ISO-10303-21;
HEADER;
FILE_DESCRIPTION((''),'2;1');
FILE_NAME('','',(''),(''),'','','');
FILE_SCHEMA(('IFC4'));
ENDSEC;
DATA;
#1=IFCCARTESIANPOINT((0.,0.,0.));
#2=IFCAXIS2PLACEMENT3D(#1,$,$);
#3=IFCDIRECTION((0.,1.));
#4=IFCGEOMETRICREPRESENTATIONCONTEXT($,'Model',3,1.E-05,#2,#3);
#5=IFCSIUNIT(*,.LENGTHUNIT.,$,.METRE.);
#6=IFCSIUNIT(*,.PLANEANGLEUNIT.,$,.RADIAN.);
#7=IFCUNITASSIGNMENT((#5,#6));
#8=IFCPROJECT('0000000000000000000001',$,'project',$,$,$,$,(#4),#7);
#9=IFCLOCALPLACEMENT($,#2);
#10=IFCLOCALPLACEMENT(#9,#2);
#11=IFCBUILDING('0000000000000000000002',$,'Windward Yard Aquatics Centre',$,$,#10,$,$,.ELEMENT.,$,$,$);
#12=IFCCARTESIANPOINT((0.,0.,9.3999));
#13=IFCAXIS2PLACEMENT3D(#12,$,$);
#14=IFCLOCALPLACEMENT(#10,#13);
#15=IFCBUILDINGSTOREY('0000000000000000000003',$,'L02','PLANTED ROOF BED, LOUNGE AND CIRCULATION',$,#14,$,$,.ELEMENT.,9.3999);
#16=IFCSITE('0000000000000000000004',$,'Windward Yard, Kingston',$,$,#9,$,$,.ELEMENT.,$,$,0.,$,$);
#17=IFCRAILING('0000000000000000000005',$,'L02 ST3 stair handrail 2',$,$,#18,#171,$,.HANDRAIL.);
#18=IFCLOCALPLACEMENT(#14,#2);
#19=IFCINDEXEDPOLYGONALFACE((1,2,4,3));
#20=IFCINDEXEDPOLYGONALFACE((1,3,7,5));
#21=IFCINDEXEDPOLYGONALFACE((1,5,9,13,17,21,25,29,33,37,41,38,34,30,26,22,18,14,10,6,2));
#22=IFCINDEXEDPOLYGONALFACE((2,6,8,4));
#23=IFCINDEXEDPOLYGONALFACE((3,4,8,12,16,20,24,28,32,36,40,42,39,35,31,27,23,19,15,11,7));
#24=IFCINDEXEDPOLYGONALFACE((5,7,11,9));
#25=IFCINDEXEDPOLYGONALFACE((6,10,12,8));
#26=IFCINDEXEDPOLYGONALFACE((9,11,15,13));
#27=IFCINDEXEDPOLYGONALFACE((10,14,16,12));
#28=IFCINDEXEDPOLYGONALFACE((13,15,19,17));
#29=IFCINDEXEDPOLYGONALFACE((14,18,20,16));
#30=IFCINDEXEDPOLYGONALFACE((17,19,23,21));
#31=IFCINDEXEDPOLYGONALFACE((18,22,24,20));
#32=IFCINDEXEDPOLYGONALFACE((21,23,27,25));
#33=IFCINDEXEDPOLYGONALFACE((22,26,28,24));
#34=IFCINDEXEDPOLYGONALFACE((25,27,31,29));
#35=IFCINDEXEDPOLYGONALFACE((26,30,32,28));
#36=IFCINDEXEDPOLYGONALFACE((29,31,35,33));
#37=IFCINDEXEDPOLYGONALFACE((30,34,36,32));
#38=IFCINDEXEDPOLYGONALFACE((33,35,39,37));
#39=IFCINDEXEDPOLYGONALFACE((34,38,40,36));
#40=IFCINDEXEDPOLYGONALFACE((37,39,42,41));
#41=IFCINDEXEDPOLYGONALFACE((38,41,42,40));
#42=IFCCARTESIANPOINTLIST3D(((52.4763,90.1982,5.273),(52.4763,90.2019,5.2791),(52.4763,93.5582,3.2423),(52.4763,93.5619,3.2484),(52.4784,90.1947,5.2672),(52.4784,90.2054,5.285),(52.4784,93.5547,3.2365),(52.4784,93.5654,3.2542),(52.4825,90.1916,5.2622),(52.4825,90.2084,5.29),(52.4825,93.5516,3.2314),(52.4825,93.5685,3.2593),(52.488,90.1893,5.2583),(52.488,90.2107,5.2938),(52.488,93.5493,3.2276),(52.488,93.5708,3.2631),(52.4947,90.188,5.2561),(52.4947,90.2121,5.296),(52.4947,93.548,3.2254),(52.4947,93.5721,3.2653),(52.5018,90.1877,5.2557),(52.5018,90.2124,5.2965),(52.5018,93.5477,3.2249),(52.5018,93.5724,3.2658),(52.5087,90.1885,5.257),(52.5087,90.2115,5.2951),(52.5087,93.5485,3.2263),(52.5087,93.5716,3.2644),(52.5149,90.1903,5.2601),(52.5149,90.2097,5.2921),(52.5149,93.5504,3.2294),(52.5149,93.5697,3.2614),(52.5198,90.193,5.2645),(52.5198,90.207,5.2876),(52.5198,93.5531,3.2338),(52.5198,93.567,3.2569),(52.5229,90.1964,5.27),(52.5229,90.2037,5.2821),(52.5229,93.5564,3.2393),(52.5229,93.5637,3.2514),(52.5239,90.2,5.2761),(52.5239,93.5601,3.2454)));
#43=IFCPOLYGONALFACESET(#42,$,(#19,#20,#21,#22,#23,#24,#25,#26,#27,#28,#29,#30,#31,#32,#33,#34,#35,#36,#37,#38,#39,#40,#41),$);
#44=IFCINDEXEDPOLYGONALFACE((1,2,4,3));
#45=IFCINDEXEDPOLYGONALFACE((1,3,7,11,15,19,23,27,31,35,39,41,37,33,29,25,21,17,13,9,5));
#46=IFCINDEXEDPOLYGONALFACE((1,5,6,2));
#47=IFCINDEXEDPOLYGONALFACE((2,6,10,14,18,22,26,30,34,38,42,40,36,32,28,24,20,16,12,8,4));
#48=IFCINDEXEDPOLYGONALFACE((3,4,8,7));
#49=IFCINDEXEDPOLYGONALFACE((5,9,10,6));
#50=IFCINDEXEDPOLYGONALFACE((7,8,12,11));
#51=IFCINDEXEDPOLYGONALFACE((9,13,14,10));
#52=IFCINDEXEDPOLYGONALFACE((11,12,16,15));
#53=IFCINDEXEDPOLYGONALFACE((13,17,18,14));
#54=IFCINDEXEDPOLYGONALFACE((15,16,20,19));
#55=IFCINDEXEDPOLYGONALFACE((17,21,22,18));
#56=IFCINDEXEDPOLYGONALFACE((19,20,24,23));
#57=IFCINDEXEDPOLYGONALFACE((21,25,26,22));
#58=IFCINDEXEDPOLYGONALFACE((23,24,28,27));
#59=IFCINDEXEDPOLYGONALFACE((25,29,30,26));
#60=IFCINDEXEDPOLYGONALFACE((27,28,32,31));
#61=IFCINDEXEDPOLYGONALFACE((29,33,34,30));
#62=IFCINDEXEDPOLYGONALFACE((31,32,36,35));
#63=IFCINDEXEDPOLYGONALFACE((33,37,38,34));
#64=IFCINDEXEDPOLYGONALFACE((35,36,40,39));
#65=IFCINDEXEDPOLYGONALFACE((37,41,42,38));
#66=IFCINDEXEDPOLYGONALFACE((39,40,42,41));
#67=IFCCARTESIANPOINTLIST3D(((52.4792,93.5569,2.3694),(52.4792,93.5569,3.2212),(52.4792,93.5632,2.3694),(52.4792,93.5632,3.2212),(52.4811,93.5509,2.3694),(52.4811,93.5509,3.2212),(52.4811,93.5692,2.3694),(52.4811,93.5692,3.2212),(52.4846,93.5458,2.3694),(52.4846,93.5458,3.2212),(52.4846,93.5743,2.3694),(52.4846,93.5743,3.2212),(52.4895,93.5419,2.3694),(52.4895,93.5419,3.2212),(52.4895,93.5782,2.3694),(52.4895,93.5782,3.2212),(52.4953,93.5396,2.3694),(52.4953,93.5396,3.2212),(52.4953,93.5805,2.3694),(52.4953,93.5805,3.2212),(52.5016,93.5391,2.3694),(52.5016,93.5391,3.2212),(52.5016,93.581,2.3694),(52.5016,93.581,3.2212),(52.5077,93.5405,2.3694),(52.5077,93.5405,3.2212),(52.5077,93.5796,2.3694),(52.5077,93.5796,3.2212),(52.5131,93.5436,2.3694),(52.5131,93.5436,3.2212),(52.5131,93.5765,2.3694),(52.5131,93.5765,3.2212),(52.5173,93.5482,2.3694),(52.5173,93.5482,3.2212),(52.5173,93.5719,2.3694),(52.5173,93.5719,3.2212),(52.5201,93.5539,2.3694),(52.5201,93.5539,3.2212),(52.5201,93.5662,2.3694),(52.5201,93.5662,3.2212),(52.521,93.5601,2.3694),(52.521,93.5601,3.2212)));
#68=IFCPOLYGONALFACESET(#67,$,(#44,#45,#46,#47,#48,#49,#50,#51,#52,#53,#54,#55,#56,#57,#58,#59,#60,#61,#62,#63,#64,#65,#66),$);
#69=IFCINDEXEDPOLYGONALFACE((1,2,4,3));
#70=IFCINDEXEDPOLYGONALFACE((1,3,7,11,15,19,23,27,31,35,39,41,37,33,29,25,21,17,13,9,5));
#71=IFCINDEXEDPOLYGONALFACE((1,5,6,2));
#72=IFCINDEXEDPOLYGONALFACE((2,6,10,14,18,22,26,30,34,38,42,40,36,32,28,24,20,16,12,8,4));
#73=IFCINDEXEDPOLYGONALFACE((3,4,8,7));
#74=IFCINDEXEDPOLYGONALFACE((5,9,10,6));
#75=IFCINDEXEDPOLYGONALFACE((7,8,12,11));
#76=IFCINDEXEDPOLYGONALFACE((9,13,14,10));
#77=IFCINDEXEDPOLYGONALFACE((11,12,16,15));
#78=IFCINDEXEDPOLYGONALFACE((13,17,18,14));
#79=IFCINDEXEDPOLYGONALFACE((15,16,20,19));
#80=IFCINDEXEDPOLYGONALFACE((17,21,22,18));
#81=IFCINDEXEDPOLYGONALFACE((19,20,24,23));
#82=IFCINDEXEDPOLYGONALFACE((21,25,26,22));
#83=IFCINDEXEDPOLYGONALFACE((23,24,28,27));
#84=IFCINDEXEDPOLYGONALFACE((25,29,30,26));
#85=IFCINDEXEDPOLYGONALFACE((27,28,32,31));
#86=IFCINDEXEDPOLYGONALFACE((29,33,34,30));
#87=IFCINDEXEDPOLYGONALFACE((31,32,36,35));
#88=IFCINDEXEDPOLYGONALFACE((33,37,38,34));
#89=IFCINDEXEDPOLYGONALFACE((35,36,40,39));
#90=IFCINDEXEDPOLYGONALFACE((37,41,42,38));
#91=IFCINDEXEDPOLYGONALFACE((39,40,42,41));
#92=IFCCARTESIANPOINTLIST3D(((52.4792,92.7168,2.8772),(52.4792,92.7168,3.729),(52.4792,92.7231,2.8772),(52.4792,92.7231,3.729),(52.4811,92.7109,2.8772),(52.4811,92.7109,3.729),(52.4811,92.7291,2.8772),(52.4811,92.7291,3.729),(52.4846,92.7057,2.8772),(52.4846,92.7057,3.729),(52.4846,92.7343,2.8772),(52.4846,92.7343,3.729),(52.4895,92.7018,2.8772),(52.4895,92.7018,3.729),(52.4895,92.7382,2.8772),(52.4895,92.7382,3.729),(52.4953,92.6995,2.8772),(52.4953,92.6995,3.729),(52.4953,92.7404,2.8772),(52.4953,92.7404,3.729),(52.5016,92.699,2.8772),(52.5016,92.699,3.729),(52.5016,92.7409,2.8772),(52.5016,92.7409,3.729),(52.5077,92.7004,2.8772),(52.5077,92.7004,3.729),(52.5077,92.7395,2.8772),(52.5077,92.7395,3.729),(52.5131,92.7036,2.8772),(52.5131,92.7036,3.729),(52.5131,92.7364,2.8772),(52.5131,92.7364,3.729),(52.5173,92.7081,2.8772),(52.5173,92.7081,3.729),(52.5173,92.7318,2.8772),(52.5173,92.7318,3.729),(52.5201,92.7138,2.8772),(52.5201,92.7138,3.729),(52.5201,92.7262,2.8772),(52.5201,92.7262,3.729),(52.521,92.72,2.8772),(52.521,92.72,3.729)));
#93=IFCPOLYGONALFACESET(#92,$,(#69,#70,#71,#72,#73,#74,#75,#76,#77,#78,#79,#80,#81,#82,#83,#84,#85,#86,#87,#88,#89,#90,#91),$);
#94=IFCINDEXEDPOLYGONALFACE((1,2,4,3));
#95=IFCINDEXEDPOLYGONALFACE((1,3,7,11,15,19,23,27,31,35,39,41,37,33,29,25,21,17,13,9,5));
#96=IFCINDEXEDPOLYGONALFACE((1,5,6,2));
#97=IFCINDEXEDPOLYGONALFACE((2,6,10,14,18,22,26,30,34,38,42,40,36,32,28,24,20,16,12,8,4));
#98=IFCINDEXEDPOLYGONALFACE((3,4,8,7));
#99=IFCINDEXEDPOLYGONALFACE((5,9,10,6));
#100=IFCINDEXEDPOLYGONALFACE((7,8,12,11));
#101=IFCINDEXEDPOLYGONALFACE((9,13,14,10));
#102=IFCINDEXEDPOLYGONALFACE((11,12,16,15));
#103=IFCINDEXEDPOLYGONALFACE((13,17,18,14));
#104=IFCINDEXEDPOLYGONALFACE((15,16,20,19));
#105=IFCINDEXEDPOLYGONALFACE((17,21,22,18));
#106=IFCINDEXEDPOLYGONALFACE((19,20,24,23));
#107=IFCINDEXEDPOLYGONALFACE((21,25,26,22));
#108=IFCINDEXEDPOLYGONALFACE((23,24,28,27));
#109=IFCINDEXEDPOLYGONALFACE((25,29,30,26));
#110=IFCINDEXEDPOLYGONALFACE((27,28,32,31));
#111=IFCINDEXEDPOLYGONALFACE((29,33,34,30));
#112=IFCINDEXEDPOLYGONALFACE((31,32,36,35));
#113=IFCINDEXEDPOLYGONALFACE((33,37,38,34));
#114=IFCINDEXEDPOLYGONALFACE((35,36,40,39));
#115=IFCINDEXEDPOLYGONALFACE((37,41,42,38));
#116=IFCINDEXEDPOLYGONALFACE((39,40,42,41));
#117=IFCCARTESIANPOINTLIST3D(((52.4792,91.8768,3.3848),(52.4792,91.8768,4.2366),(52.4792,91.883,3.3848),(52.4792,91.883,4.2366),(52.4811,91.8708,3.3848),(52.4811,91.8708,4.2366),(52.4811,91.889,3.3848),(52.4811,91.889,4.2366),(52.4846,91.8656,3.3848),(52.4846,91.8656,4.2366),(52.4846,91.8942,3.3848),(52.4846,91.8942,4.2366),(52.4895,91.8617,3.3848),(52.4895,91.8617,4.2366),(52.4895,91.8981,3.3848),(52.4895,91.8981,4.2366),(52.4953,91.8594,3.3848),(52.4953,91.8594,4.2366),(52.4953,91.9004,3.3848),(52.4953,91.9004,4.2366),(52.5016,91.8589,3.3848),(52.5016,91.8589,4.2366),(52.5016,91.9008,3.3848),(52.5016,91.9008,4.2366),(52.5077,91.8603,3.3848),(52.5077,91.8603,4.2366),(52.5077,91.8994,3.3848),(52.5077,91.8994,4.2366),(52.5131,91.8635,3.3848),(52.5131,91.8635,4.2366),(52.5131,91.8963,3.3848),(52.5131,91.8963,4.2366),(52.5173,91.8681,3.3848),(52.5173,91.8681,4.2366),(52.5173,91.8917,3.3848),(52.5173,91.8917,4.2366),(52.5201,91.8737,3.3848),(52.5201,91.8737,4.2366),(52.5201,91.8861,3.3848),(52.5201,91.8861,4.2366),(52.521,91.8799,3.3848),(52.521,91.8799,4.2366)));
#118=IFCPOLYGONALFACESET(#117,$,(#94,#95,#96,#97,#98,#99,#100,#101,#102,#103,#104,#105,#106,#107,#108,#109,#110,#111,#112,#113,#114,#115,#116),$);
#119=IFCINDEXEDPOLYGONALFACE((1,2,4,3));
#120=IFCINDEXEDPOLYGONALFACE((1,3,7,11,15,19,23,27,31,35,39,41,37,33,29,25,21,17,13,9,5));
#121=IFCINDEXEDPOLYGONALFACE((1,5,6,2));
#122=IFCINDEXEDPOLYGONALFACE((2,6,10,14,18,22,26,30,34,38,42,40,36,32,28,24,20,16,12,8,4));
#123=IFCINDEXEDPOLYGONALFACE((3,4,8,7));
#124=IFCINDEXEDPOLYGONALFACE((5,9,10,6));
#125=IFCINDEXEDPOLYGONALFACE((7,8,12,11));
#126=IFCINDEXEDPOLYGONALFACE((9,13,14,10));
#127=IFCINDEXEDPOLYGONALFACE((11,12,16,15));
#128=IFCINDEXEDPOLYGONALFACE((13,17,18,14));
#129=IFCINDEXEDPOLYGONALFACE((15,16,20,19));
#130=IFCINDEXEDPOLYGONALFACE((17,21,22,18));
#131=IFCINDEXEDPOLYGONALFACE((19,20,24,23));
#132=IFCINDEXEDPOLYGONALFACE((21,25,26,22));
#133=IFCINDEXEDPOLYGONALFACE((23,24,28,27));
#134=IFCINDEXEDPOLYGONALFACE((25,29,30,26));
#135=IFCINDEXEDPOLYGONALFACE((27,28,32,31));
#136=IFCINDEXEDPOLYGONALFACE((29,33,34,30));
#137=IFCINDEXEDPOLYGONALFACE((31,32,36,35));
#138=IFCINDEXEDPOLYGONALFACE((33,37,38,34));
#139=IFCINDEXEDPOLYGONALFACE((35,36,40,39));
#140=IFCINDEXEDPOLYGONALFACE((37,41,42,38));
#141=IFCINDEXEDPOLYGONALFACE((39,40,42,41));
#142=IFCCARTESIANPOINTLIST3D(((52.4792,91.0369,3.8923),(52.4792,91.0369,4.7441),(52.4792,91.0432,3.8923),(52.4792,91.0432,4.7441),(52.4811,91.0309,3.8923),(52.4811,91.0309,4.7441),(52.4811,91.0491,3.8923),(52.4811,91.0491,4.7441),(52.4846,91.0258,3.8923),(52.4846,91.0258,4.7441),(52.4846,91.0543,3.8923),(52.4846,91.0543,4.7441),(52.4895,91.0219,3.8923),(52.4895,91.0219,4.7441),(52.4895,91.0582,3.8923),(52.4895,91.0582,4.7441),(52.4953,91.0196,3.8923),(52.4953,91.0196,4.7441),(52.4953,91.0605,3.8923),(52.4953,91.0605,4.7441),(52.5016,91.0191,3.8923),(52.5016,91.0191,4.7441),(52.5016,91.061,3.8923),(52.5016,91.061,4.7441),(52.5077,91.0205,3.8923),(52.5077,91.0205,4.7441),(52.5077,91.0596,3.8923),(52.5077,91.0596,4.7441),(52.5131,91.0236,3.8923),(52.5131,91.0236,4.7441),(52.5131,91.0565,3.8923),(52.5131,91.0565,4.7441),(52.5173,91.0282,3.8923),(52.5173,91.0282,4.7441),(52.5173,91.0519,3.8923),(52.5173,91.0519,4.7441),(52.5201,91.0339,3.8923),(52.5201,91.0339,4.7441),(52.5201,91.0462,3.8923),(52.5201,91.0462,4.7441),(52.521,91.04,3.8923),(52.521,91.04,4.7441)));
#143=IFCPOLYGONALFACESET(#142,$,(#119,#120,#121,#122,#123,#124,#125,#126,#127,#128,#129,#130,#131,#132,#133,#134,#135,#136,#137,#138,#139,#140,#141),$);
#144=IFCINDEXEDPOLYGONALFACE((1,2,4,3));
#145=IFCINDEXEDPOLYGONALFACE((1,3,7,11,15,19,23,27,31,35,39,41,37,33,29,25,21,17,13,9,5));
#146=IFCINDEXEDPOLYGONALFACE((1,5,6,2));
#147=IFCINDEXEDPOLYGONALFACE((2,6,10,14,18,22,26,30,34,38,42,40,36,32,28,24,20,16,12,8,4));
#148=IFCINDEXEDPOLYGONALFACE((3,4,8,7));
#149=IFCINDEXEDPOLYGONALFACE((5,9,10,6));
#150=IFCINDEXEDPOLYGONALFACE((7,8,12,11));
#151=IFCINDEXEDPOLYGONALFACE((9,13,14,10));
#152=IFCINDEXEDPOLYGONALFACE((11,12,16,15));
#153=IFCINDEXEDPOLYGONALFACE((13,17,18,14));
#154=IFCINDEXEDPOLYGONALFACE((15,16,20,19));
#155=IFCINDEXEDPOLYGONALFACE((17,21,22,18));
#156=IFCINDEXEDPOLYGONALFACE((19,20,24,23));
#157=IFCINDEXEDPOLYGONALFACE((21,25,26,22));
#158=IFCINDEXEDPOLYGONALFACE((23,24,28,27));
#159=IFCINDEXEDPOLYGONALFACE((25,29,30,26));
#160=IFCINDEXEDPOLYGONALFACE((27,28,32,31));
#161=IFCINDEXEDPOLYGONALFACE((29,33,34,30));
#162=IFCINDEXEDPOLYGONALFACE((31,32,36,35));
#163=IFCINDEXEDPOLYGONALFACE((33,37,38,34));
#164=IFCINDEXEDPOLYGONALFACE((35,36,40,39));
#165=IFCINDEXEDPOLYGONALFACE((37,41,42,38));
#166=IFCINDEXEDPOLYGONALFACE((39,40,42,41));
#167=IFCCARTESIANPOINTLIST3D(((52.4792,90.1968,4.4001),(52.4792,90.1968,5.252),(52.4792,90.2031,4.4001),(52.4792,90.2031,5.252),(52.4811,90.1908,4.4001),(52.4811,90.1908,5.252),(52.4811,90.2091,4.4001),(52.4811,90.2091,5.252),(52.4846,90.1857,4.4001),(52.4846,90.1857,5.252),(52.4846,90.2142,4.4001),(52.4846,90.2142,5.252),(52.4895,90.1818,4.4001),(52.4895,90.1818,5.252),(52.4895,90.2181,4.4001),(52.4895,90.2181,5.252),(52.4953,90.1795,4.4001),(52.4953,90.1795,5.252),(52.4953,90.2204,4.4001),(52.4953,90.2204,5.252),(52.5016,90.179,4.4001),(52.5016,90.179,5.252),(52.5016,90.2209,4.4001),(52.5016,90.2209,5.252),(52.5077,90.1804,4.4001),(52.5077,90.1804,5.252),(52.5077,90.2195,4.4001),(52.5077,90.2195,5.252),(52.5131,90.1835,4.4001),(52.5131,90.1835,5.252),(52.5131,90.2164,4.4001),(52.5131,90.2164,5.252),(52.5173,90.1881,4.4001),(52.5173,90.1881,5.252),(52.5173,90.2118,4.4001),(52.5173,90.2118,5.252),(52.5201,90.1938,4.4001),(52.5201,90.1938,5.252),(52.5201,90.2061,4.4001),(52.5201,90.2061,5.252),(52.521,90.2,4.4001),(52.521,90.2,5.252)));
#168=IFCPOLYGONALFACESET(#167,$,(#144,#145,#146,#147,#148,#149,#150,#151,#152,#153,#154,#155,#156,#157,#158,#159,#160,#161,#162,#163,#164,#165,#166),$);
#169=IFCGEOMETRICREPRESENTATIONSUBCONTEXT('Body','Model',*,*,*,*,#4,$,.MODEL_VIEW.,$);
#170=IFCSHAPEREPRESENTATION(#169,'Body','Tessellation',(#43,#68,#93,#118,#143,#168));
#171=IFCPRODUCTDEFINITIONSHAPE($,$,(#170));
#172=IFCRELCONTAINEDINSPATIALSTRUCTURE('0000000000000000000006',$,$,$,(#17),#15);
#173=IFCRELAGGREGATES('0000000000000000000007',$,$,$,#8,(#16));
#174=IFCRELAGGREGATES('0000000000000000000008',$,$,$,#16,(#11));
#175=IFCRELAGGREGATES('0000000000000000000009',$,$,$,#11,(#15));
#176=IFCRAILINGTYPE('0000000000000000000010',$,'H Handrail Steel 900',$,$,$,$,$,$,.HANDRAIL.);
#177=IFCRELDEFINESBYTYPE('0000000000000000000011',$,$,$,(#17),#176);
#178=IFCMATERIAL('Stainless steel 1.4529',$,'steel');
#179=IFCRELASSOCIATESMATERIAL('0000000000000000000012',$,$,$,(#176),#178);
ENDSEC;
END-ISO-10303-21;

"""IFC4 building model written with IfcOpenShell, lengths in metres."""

from ifc_helpers import new_model, si_unit, direction, frame, origin, origin_2d, place, context, subcontext, project, spatial, circle, extrude, material, type_object, element, save


model = new_model("IFC4")

# Units and contexts
model_context = context("Model", 3, precision=1e-05, world=origin(), true_north=direction((0.0, 1.0)))
body_context = subcontext(model_context, "Body", "Model", "MODEL_VIEW")
ifc_project = project(units=[si_unit("LENGTHUNIT", "METRE"), si_unit("PLANEANGLEUNIT", "RADIAN")], contexts=[model_context])

# Site, building, storey
site_placement = place(None, origin())
site = spatial("IfcSite", under=ifc_project, at=site_placement, Name="Windward Yard, Kingston", CompositionType="ELEMENT", RefElevation=0.0)
building_placement = place(site_placement, origin())
building = spatial("IfcBuilding", under=site, at=building_placement, Name="Windward Yard Aquatics Centre", CompositionType="ELEMENT")
storey_placement = place(building_placement, frame((0.0, 0.0, 9.3999)))
storey = spatial("IfcBuildingStorey", under=building, at=storey_placement, Name="L02", Description="PLANTED ROOF BED, LOUNGE AND CIRCULATION", CompositionType="ELEMENT", Elevation=9.3999)

# Railing
ifc_material_1 = material(Name="Stainless steel 1.4529", Category="steel")
railing_type_1 = type_object("IfcRailingType", Name="H Handrail Steel 900", PredefinedType="HANDRAIL", material=ifc_material_1)
railing_1_placement = place(storey_placement, frame((52.5, 93.5601, 2.3694)))
element("IfcRailing", 1, at=railing_1_placement, inside=storey, type_object=railing_type_1, Name="L02 ST3 stair handrail 2", PredefinedType="HANDRAIL", context=body_context, shape_type="SweptSolid", body=[
    extrude(circle(Radius=0.0239, at=origin_2d()), frame((0.0, 0.0, 0.876), z_axis=(0.0, -0.855837, 0.517246), x_axis=(1.0, 0.0, 0.0)), (0.0, 0.0, 1.0), 3.926),
    extrude(circle(Radius=0.021, at=origin_2d()), origin(), (0.0, 0.0, 1.0), 0.8518),
    extrude(circle(Radius=0.021, at=origin_2d()), frame((0.0, -0.8401, 0.5078)), (0.0, 0.0, 1.0), 0.8518),
    extrude(circle(Radius=0.021, at=origin_2d()), frame((0.0, -1.6802, 1.0154)), (0.0, 0.0, 1.0), 0.8518),
    extrude(circle(Radius=0.021, at=origin_2d()), frame((0.0, -2.52, 1.5229)), (0.0, 0.0, 1.0), 0.8518),
    extrude(circle(Radius=0.021, at=origin_2d()), frame((0.0, -3.3601, 2.0308)), (0.0, 0.0, 1.0), 0.8518),
])

save(model, "model.ifc")
